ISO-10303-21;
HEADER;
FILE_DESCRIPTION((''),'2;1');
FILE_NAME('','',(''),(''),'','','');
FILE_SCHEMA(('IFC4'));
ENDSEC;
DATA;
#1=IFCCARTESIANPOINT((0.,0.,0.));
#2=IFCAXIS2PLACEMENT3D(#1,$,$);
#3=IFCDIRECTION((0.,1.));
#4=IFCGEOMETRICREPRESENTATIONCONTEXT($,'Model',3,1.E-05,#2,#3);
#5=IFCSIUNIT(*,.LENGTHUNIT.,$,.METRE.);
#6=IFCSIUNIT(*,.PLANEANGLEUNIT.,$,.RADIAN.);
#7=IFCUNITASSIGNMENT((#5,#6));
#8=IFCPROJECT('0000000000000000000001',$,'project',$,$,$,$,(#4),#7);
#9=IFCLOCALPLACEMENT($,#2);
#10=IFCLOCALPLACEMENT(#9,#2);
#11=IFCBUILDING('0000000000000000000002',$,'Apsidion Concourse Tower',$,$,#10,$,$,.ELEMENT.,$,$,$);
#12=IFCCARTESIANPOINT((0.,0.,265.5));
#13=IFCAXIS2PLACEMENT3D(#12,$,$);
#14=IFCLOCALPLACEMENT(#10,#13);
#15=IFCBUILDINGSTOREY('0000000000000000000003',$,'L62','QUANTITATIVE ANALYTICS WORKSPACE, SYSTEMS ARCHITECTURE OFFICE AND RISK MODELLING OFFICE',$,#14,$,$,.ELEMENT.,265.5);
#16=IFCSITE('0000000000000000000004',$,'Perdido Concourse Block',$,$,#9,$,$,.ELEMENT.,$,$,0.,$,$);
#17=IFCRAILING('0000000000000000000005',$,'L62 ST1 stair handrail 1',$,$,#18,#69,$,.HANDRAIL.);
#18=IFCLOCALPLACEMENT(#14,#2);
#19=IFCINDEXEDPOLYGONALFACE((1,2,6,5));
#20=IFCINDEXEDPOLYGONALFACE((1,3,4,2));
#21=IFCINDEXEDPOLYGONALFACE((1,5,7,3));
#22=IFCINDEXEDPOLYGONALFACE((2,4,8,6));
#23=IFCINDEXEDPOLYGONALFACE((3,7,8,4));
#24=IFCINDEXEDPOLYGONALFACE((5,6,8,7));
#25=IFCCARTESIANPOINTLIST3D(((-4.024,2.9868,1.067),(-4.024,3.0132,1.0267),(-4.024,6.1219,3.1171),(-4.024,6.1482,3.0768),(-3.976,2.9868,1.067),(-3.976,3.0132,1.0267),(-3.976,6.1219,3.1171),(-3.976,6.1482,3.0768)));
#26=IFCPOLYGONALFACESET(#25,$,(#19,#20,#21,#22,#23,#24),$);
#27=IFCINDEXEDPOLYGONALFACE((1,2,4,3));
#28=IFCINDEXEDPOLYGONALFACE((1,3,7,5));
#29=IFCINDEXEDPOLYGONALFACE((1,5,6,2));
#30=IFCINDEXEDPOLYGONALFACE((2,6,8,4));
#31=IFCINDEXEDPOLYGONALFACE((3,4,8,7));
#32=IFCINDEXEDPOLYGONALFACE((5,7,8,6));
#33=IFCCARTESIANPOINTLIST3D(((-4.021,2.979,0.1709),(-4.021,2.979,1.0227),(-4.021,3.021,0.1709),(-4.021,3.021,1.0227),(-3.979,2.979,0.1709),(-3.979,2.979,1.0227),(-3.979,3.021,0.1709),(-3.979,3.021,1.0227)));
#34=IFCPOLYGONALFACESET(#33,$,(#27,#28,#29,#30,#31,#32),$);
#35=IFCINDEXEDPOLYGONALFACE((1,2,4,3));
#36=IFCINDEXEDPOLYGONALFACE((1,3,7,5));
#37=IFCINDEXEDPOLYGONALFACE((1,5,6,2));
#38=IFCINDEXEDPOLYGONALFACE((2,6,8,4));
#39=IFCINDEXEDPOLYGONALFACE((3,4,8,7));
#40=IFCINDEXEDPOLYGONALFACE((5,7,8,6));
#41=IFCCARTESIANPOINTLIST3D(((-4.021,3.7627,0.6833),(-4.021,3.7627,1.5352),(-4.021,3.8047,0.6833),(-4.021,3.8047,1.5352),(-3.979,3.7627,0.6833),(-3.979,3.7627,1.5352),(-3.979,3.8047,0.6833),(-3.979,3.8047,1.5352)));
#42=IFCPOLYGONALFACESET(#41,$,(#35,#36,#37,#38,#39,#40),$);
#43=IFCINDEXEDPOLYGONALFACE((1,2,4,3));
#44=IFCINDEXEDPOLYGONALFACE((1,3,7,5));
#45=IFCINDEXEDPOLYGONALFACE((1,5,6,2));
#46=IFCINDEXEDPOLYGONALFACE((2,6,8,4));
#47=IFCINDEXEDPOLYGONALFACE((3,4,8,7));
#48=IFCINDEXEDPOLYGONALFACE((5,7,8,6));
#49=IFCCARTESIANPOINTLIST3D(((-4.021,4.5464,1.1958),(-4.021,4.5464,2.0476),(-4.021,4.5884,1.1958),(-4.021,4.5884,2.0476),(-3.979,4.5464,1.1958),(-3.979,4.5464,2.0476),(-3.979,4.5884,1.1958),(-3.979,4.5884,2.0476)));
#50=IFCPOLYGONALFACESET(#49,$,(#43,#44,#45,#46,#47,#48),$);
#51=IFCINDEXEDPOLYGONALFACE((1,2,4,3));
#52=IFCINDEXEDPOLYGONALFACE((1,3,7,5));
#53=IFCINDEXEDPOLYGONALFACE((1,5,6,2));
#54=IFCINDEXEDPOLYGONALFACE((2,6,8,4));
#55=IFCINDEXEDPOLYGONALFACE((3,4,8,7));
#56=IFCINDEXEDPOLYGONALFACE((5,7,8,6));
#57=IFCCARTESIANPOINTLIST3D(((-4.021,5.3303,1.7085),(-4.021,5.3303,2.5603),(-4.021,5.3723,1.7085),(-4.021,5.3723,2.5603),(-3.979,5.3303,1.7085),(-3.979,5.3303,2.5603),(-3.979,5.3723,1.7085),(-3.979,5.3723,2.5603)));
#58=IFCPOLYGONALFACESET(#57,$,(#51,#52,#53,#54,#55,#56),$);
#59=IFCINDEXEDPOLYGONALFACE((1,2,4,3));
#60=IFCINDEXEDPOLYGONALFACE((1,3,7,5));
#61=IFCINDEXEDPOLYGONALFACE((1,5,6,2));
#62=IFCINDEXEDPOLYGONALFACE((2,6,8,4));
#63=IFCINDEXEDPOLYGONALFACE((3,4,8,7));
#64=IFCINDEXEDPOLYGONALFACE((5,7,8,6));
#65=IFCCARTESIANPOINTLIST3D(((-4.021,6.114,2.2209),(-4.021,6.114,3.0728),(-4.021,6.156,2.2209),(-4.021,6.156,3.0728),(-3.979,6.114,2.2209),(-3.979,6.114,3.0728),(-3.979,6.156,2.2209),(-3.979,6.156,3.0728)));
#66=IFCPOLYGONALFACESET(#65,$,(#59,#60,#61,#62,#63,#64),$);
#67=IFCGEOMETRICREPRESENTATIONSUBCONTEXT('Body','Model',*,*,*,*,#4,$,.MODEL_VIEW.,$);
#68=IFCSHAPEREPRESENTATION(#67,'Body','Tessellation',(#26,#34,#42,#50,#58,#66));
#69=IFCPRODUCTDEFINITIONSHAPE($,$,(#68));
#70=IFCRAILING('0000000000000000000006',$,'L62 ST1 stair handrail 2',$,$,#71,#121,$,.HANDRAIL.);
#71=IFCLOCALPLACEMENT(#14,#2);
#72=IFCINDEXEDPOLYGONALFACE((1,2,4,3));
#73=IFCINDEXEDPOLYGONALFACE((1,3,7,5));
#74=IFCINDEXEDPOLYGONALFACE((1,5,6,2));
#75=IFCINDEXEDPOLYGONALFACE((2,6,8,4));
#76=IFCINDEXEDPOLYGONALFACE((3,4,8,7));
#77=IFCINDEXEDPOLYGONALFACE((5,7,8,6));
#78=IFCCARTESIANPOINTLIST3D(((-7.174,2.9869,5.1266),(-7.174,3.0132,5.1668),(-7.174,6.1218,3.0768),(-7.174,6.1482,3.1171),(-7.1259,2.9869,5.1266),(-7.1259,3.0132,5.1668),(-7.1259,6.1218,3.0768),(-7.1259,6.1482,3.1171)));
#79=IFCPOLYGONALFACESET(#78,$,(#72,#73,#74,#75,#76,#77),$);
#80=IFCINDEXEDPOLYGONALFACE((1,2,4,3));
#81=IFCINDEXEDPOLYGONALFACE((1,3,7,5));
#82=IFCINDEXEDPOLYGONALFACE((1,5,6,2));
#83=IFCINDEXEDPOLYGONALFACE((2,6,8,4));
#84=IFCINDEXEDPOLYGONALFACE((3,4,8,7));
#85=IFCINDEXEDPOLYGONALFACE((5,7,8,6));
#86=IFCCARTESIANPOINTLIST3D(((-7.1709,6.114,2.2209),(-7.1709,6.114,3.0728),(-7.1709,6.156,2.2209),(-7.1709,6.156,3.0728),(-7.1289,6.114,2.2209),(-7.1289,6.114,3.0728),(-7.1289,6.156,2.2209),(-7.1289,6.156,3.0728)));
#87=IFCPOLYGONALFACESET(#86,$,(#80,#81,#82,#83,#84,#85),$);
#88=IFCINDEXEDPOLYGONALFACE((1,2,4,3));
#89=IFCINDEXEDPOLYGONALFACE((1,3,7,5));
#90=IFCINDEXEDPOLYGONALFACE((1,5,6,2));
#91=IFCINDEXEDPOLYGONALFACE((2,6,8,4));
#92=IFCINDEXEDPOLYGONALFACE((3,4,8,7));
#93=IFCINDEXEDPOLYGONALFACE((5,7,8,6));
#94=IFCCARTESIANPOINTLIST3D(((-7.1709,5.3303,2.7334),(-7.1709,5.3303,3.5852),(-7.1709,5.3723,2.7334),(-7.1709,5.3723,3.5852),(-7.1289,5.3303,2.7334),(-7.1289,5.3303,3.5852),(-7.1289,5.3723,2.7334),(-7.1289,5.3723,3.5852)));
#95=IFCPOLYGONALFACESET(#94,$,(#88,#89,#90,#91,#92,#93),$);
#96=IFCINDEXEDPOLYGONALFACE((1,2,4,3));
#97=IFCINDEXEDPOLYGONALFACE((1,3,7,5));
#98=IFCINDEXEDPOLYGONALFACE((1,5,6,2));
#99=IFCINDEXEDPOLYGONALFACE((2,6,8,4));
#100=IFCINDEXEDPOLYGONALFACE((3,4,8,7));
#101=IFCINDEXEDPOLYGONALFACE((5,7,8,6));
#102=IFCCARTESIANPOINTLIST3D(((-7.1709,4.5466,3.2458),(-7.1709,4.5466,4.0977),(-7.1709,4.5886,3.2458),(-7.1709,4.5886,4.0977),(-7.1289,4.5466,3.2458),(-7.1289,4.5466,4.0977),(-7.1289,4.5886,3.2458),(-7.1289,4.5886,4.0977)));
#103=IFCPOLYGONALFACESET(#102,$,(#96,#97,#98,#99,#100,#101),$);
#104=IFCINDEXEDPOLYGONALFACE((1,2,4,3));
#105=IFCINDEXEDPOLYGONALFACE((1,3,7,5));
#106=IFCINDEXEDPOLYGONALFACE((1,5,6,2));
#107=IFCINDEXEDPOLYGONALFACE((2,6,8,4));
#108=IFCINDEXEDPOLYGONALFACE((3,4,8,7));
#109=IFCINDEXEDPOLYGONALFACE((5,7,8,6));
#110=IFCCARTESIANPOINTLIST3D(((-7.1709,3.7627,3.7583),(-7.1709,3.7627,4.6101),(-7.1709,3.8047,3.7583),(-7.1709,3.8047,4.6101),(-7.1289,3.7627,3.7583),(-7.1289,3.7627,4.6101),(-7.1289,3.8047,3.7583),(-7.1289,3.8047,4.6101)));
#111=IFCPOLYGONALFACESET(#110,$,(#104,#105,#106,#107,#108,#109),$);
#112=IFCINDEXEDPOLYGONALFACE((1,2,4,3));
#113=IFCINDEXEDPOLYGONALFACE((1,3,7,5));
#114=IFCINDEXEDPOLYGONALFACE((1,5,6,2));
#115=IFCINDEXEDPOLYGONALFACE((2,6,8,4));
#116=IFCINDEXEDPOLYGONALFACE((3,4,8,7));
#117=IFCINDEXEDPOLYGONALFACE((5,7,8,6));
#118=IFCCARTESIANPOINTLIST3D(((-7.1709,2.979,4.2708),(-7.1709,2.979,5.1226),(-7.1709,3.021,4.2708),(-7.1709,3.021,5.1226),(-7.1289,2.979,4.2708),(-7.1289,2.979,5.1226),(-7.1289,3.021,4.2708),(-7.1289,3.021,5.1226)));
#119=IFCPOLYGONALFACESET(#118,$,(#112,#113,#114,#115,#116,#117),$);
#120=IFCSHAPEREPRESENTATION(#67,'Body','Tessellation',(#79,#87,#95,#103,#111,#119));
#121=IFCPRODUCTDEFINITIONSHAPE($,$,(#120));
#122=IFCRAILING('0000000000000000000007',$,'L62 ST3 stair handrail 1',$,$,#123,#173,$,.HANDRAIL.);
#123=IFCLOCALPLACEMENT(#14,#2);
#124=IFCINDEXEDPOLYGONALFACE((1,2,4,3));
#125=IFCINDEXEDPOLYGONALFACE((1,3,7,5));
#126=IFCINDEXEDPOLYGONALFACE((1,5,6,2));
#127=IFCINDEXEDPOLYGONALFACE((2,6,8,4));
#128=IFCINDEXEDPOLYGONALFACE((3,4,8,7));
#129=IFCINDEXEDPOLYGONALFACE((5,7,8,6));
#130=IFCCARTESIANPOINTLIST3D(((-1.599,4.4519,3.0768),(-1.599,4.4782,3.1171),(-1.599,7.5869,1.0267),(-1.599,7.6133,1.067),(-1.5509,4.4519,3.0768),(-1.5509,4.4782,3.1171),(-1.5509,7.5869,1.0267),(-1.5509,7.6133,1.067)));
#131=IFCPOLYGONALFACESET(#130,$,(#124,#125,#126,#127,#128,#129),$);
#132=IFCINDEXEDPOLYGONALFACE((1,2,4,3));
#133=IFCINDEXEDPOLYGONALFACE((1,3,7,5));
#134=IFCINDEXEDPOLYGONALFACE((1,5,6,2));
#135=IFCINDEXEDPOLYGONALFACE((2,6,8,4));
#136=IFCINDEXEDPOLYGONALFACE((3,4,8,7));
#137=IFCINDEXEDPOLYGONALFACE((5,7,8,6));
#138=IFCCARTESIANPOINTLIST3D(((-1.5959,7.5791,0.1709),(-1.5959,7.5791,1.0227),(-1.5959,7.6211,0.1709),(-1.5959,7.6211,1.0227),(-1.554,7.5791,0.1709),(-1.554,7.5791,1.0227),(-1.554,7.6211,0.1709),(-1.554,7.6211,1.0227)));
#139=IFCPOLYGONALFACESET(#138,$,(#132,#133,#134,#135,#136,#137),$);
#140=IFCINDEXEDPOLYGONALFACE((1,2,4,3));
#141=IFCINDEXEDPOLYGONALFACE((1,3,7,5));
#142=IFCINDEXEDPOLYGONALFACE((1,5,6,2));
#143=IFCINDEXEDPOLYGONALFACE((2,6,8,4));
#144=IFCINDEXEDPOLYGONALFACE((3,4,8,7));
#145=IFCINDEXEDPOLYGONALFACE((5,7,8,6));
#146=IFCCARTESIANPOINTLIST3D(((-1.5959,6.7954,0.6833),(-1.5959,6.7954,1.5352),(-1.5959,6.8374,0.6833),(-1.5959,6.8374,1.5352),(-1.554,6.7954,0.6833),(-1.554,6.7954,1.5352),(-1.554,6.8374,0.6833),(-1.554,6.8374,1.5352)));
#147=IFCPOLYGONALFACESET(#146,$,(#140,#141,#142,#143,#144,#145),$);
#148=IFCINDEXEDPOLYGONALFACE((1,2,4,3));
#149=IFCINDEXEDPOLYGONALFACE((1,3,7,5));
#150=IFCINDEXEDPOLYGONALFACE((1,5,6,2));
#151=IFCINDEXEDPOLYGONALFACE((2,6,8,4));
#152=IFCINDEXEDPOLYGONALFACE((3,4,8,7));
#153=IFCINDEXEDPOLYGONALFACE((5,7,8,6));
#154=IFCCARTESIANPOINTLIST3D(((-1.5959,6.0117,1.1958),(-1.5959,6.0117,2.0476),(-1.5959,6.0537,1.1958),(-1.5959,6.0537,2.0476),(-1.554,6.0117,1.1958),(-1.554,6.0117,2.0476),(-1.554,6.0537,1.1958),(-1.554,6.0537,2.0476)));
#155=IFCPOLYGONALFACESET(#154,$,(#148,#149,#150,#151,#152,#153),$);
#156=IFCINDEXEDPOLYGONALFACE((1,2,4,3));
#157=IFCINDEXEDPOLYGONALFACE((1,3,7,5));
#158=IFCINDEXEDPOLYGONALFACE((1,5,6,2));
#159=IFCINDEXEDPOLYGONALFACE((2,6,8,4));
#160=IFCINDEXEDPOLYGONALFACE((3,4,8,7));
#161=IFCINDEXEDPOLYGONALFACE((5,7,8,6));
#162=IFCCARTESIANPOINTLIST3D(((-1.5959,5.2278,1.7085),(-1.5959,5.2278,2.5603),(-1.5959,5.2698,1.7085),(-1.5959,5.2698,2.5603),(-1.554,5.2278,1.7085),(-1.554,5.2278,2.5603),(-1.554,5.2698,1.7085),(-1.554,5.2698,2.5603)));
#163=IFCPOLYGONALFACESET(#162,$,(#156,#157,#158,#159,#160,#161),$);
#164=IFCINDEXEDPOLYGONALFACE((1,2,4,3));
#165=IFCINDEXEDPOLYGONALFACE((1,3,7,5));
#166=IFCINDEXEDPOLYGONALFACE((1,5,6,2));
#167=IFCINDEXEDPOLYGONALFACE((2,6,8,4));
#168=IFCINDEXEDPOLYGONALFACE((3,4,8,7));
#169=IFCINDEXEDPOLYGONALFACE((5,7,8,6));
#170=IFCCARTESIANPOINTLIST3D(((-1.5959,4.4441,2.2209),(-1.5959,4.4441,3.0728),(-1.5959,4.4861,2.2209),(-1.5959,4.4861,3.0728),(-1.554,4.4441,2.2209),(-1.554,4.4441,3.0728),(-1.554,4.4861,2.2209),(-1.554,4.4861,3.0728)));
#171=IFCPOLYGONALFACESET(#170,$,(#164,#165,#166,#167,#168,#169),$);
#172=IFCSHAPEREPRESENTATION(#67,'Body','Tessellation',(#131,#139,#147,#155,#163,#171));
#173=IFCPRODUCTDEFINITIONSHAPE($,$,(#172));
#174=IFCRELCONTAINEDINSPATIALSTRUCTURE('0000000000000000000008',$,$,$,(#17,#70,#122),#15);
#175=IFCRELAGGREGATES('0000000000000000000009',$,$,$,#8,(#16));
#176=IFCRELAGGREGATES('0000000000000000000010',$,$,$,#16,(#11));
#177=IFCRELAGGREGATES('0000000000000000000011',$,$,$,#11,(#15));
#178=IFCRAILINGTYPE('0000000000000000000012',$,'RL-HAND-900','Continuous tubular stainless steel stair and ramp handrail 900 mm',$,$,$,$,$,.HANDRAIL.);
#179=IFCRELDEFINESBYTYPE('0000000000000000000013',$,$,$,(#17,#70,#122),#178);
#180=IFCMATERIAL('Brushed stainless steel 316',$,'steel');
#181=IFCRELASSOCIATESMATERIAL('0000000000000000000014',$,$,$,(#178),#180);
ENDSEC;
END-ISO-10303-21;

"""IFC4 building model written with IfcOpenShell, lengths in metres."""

from ifc_helpers import new_model, si_unit, direction, frame, origin, origin_2d, place, context, subcontext, project, spatial, rectangle, extrude, material, type_object, element, save


model = new_model("IFC4")

# Units and contexts
model_context = context("Model", 3, precision=1e-05, world=origin(), true_north=direction((0.0, 1.0)))
body_context = subcontext(model_context, "Body", "Model", "MODEL_VIEW")
ifc_project = project(units=[si_unit("LENGTHUNIT", "METRE"), si_unit("PLANEANGLEUNIT", "RADIAN")], contexts=[model_context])

# Site, building, storey
site_placement = place(None, origin())
site = spatial("IfcSite", under=ifc_project, at=site_placement, Name="Perdido Concourse Block", CompositionType="ELEMENT", RefElevation=0.0)
building_placement = place(site_placement, origin())
building = spatial("IfcBuilding", under=site, at=building_placement, Name="Apsidion Concourse Tower", CompositionType="ELEMENT")
storey_placement = place(building_placement, frame((0.0, 0.0, 265.5)))
storey = spatial("IfcBuildingStorey", under=building, at=storey_placement, Name="L62", Description="QUANTITATIVE ANALYTICS WORKSPACE, SYSTEMS ARCHITECTURE OFFICE AND RISK MODELLING OFFICE", CompositionType="ELEMENT", Elevation=265.5)

# Shared definitions
ifc_material_1 = material(Name="Brushed stainless steel 316", Category="steel")

# Railings
railing_type_1 = type_object("IfcRailingType", Name="RL-HAND-900", Description="Continuous tubular stainless steel stair and ramp handrail 900 mm", PredefinedType="HANDRAIL", material=ifc_material_1)
railing_1_placement = place(storey_placement, frame((-4.0, 3.0, 0.1709)))
element("IfcRailing", 1, at=railing_1_placement, inside=storey, type_object=railing_type_1, Name="L62 ST1 stair handrail 1", PredefinedType="HANDRAIL", context=body_context, shape_type="SweptSolid", body=[
    extrude(rectangle(XDim=0.0481, YDim=0.0481, at=origin_2d()), frame((0.0, 0.0, 0.876), z_axis=(0.0, 0.836941, 0.547293), x_axis=(-1.0, 0.0, 0.0)), (0.0, 0.0, 1.0), 3.7458),
    extrude(rectangle(XDim=0.042, YDim=0.042, at=origin_2d()), origin(), (0.0, 0.0, 1.0), 0.8518),
    extrude(rectangle(XDim=0.042, YDim=0.042, at=origin_2d()), frame((0.0, 0.7837, 0.5125)), (0.0, 0.0, 1.0), 0.8518),
    extrude(rectangle(XDim=0.042, YDim=0.042, at=origin_2d()), frame((0.0, 1.5674, 1.0249)), (0.0, 0.0, 1.0), 0.8518),
    extrude(rectangle(XDim=0.042, YDim=0.042, at=origin_2d()), frame((0.0, 2.3513, 1.5376)), (0.0, 0.0, 1.0), 0.8518),
    extrude(rectangle(XDim=0.042, YDim=0.042, at=origin_2d()), frame((0.0, 3.135, 2.05)), (0.0, 0.0, 1.0), 0.8518),
])
railing_2_placement = place(storey_placement, frame((-7.1499, 6.135, 2.2209)))
element("IfcRailing", 2, at=railing_2_placement, inside=storey, type_object=railing_type_1, Name="L62 ST1 stair handrail 2", PredefinedType="HANDRAIL", context=body_context, shape_type="SweptSolid", body=[
    extrude(rectangle(XDim=0.0481, YDim=0.0481, at=origin_2d()), frame((0.0, 0.0, 0.876), z_axis=(0.0, -0.836971, 0.547248), x_axis=(1.0, 0.0, 0.0)), (0.0, 0.0, 1.0), 3.7456),
    extrude(rectangle(XDim=0.042, YDim=0.042, at=origin_2d()), origin(), (0.0, 0.0, 1.0), 0.8518),
    extrude(rectangle(XDim=0.042, YDim=0.042, at=origin_2d()), frame((0.0, -0.7837, 0.5125)), (0.0, 0.0, 1.0), 0.8518),
    extrude(rectangle(XDim=0.042, YDim=0.042, at=origin_2d()), frame((0.0, -1.5674, 1.0249)), (0.0, 0.0, 1.0), 0.8518),
    extrude(rectangle(XDim=0.042, YDim=0.042, at=origin_2d()), frame((0.0, -2.3513, 1.5374)), (0.0, 0.0, 1.0), 0.8518),
    extrude(rectangle(XDim=0.042, YDim=0.042, at=origin_2d()), frame((0.0, -3.135, 2.0498)), (0.0, 0.0, 1.0), 0.8518),
])
railing_3_placement = place(storey_placement, frame((-1.575, 7.6001, 0.1709)))
element("IfcRailing", 3, at=railing_3_placement, inside=storey, type_object=railing_type_1, Name="L62 ST3 stair handrail 1", PredefinedType="HANDRAIL", context=body_context, shape_type="SweptSolid", body=[
    extrude(rectangle(XDim=0.0481, YDim=0.0481, at=origin_2d()), frame((0.0, 0.0, 0.876), z_axis=(0.0, -0.836941, 0.547293), x_axis=(1.0, 0.0, 0.0)), (0.0, 0.0, 1.0), 3.7458),
    extrude(rectangle(XDim=0.042, YDim=0.042, at=origin_2d()), origin(), (0.0, 0.0, 1.0), 0.8518),
    extrude(rectangle(XDim=0.042, YDim=0.042, at=origin_2d()), frame((0.0, -0.7837, 0.5125)), (0.0, 0.0, 1.0), 0.8518),
    extrude(rectangle(XDim=0.042, YDim=0.042, at=origin_2d()), frame((0.0, -1.5674, 1.0249)), (0.0, 0.0, 1.0), 0.8518),
    extrude(rectangle(XDim=0.042, YDim=0.042, at=origin_2d()), frame((0.0, -2.3513, 1.5376)), (0.0, 0.0, 1.0), 0.8518),
    extrude(rectangle(XDim=0.042, YDim=0.042, at=origin_2d()), frame((0.0, -3.135, 2.05)), (0.0, 0.0, 1.0), 0.8518),
])

save(model, "model.ifc")
